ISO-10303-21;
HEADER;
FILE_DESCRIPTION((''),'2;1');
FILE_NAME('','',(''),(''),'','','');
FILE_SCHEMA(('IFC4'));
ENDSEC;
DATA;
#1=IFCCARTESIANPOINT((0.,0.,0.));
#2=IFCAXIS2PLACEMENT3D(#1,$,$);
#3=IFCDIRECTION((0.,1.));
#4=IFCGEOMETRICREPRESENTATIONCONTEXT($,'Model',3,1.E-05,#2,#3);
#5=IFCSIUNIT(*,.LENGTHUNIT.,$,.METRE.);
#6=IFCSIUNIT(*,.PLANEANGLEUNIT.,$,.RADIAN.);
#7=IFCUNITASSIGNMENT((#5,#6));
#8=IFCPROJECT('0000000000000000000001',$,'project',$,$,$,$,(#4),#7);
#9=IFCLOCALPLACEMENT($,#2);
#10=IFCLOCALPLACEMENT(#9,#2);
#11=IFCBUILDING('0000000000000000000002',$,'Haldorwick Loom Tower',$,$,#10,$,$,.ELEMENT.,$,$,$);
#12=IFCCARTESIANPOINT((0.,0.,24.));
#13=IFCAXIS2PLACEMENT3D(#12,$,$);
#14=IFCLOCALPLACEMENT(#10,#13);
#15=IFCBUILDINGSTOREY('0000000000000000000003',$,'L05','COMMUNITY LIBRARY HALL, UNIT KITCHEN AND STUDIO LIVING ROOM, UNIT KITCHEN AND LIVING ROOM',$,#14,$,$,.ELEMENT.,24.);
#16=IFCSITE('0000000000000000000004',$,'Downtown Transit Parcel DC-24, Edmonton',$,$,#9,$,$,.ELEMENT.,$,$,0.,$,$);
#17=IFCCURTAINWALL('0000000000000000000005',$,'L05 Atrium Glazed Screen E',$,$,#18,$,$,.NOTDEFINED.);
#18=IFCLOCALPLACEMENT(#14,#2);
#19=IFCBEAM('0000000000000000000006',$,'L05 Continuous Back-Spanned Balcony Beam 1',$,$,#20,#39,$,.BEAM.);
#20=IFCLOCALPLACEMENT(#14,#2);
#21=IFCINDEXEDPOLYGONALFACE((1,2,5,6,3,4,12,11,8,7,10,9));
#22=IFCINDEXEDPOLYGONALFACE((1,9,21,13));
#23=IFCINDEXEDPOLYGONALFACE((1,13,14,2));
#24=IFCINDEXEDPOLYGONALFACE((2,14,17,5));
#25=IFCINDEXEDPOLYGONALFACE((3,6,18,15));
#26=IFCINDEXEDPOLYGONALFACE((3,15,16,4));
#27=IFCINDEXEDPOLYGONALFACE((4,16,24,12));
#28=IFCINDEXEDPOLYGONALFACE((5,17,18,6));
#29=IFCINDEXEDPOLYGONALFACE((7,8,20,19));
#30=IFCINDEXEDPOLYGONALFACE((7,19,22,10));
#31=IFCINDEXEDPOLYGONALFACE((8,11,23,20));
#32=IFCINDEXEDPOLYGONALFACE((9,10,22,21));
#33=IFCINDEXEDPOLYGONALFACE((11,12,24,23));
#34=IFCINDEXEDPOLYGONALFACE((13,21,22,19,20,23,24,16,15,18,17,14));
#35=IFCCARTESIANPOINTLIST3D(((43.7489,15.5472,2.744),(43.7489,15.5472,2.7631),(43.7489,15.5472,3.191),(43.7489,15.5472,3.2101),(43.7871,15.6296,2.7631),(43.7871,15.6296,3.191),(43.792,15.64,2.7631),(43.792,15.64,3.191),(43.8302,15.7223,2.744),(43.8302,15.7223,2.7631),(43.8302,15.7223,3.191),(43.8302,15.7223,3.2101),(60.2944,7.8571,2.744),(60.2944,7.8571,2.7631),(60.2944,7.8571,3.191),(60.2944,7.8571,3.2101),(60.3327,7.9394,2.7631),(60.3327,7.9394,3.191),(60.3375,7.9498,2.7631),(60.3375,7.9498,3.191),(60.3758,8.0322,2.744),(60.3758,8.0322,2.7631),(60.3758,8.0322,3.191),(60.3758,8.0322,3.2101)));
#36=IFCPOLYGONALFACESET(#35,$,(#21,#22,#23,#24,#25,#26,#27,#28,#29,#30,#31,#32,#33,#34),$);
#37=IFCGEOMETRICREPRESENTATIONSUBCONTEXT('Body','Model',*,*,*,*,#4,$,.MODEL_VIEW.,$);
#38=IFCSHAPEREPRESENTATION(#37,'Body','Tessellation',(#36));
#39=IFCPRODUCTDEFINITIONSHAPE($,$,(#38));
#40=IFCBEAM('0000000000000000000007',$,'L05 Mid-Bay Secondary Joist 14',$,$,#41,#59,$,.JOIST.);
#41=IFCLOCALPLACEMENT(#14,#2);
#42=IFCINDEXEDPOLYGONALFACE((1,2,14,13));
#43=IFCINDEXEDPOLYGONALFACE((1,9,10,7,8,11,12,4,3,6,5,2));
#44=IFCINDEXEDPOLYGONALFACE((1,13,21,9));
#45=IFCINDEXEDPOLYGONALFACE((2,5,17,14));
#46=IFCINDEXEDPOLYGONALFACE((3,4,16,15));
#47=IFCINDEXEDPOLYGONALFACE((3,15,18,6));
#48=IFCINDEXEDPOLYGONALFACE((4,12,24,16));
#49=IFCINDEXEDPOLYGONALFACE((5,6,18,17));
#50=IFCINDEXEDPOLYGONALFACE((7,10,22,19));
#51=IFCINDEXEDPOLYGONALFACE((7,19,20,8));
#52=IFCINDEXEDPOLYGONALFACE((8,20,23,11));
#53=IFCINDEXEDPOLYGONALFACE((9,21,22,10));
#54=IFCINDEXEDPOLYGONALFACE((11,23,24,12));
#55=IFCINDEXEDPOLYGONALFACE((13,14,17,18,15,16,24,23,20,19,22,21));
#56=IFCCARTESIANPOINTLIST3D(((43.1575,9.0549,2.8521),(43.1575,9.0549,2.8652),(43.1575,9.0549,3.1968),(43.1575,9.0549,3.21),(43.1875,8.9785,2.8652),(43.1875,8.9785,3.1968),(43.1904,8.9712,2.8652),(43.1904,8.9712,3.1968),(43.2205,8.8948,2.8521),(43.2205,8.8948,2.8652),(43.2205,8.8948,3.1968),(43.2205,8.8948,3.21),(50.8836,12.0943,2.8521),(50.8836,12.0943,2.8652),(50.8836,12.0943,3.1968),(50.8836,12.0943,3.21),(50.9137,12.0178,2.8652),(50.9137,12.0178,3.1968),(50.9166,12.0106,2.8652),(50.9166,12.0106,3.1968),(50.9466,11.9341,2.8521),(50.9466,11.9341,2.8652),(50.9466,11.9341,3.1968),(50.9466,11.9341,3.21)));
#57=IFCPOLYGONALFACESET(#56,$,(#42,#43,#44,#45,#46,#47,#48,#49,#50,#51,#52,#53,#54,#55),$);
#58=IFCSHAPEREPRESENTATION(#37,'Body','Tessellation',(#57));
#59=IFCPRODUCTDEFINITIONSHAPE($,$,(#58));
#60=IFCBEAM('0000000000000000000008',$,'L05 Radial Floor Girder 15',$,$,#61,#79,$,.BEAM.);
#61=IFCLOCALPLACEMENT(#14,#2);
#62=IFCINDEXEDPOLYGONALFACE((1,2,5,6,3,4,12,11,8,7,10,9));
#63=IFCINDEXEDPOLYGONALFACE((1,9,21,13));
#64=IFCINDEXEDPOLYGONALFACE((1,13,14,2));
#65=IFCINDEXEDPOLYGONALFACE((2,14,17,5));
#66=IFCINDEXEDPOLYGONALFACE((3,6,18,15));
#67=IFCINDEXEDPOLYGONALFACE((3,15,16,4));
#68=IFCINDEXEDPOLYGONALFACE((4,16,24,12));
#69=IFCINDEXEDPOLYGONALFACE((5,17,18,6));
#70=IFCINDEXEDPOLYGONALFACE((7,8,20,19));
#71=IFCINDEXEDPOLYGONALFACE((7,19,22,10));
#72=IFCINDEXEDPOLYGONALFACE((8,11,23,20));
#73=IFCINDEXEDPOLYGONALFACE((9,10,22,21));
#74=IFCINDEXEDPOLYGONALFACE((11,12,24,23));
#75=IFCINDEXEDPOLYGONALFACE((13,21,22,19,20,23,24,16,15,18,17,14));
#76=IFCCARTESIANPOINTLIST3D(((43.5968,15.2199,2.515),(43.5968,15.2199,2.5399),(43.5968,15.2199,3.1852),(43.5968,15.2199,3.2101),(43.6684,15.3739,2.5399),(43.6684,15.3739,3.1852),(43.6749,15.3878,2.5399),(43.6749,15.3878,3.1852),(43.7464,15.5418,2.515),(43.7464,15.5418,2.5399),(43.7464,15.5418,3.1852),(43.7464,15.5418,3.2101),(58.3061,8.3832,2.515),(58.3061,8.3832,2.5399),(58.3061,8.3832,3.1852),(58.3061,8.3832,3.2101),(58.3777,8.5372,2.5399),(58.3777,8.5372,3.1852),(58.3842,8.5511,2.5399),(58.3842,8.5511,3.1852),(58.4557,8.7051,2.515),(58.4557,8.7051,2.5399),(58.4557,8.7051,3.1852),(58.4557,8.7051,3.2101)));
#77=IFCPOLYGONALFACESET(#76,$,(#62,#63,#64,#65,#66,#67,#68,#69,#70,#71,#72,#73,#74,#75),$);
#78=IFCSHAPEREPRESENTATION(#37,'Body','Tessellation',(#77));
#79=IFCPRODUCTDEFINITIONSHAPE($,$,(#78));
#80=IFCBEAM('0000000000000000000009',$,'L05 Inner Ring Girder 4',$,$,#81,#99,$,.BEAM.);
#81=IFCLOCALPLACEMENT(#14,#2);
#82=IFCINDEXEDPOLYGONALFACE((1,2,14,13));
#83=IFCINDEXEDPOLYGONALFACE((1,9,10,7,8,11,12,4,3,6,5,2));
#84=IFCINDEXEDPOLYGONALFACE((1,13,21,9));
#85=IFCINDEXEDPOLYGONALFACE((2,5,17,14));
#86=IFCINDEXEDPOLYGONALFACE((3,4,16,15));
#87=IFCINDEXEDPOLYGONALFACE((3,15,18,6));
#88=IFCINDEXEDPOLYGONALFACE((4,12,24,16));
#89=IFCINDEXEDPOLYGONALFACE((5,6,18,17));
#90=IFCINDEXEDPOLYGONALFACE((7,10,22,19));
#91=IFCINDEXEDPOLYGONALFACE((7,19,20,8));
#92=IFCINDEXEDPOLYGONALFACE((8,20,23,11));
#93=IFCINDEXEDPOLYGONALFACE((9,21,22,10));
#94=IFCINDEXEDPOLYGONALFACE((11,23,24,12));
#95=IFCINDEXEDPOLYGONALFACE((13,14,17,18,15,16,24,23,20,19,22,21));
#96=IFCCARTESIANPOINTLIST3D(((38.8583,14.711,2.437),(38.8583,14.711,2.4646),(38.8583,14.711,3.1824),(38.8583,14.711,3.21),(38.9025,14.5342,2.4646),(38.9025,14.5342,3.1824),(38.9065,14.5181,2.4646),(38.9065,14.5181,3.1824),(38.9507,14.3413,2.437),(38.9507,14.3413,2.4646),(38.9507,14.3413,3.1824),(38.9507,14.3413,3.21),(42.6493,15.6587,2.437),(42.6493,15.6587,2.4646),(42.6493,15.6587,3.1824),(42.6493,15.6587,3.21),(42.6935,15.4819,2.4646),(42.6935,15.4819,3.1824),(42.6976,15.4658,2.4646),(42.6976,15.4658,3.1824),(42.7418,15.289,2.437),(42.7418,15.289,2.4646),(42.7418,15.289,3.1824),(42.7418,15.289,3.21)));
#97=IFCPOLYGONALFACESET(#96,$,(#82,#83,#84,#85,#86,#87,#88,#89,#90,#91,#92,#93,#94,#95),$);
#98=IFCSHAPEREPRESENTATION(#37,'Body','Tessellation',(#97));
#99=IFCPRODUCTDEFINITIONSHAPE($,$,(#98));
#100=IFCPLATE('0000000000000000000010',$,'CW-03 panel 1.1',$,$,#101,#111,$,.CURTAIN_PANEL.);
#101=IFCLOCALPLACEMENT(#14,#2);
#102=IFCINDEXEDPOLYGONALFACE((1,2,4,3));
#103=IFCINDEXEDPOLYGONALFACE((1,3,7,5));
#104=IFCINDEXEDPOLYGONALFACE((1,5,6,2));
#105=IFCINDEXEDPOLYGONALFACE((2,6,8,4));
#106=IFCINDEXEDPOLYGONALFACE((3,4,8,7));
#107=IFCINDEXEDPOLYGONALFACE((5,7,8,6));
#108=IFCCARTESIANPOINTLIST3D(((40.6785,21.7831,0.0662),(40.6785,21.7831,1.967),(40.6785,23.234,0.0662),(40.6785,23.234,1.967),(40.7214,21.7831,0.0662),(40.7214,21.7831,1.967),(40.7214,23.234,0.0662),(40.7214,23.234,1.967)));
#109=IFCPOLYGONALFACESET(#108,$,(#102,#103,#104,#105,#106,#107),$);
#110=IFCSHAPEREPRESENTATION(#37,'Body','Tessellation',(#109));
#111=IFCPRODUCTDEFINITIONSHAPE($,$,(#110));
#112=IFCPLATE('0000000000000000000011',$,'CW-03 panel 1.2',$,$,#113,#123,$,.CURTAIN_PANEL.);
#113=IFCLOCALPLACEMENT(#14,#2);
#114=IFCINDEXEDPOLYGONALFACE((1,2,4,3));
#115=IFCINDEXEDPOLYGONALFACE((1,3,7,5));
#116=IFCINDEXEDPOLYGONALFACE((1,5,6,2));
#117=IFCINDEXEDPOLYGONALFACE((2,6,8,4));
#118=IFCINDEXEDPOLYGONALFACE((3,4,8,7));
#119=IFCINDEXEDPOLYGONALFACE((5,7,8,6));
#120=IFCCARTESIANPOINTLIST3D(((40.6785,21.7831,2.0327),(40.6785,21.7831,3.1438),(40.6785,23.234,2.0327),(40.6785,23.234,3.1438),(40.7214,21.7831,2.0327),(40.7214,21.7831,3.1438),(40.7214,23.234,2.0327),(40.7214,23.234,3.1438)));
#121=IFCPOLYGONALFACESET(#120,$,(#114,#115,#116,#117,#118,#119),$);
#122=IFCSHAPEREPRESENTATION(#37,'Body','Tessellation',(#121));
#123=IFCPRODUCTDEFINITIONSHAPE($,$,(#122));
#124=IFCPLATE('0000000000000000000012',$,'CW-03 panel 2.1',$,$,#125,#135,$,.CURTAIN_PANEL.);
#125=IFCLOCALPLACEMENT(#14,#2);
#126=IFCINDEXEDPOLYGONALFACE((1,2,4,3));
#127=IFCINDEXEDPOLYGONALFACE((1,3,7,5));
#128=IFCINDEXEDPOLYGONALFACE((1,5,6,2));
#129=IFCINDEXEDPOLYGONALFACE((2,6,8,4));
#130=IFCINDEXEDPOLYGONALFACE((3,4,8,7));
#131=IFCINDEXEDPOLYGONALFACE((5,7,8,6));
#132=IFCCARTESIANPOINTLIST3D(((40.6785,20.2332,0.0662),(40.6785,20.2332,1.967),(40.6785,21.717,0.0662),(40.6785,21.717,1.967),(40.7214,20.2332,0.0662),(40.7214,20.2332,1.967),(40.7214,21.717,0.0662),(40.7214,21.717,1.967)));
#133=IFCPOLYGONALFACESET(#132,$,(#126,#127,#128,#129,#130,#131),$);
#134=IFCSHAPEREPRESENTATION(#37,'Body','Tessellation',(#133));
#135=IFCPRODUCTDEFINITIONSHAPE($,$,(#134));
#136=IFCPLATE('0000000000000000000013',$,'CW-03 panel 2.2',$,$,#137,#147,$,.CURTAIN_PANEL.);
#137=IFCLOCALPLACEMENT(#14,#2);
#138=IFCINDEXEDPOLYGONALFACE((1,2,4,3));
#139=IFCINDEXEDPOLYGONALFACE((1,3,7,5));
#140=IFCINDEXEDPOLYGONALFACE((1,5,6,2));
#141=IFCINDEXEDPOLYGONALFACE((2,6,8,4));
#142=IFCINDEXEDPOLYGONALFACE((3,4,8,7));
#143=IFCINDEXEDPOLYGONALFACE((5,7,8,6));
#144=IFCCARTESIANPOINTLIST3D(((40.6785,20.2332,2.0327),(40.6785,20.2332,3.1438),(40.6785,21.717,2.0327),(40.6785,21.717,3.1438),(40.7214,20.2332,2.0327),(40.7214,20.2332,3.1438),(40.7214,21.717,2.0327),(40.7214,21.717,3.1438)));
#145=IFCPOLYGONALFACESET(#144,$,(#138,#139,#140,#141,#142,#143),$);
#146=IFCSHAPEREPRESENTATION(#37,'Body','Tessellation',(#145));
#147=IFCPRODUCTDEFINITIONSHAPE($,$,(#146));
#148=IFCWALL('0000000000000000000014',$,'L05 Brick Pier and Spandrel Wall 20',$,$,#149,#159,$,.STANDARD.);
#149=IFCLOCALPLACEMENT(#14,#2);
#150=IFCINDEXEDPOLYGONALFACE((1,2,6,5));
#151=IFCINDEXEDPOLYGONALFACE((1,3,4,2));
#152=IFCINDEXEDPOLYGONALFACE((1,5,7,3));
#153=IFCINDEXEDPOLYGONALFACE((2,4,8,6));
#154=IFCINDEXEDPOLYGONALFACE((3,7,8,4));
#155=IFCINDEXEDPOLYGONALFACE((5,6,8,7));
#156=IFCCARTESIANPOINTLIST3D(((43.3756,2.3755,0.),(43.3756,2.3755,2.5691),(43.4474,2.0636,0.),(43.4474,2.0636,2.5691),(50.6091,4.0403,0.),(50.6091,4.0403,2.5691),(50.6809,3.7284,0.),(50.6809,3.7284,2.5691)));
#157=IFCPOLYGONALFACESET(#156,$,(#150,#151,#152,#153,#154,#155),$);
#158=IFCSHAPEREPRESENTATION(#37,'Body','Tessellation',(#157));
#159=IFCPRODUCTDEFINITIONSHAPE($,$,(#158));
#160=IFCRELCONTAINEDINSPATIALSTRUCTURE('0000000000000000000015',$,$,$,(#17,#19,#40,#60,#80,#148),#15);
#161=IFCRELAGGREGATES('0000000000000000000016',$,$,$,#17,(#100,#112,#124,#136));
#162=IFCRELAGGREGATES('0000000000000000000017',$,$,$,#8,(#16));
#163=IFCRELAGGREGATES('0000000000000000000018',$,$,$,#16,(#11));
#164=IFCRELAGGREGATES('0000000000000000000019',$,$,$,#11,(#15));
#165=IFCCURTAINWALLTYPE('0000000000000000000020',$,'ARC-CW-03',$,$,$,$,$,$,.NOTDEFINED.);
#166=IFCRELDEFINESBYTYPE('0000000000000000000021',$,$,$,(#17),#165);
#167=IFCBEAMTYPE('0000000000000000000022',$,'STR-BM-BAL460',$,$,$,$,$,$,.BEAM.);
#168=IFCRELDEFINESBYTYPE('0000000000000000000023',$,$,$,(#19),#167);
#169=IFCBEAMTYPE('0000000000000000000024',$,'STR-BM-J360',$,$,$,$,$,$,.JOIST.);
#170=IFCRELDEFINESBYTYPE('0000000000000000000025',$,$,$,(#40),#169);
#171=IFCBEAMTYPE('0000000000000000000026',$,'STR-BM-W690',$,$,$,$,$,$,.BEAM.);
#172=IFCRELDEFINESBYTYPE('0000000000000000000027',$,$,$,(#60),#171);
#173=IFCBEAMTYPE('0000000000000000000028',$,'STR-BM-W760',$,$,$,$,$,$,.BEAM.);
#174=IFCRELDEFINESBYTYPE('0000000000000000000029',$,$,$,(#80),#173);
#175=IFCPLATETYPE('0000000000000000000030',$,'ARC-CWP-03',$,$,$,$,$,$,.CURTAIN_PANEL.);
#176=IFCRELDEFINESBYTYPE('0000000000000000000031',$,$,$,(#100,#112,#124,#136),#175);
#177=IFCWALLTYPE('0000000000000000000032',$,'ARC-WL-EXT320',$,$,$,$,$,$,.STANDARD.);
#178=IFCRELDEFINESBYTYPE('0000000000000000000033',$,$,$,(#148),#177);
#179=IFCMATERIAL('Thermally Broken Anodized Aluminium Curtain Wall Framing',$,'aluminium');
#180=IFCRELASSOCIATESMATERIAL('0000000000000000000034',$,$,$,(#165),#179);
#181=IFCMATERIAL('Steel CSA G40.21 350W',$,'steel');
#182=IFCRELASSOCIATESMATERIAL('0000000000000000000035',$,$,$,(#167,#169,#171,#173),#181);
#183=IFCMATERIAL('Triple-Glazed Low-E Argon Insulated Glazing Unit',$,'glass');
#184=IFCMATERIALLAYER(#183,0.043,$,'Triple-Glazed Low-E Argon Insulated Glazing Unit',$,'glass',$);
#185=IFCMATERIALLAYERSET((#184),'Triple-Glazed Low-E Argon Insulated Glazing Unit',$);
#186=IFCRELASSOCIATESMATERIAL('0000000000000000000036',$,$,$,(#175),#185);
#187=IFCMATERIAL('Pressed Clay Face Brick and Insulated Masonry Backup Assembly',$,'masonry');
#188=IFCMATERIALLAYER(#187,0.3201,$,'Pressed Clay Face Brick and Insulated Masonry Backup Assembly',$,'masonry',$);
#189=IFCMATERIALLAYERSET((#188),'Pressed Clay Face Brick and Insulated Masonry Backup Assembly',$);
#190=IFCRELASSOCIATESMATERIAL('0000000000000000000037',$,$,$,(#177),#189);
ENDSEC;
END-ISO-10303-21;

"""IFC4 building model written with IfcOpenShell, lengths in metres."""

from ifc_helpers import new_model, si_unit, direction, frame, frame_2d, origin, origin_2d, place, context, subcontext, project, spatial, rectangle, i_section, extrude, material, layer, layer_set, material_profile, profile_set, type_object, element, aggregate, save


model = new_model("IFC4")

# Units and contexts
model_context = context("Model", 3, precision=1e-05, world=origin(), true_north=direction((0.0, 1.0)))
body_context = subcontext(model_context, "Body", "Model", "MODEL_VIEW")
ifc_project = project(units=[si_unit("LENGTHUNIT", "METRE"), si_unit("PLANEANGLEUNIT", "RADIAN")], contexts=[model_context])

# Site, building, storey
site_placement = place(None, origin())
site = spatial("IfcSite", under=ifc_project, at=site_placement, Name="Downtown Transit Parcel DC-24, Edmonton", CompositionType="ELEMENT", RefElevation=0.0)
building_placement = place(site_placement, origin())
building = spatial("IfcBuilding", under=site, at=building_placement, Name="Haldorwick Loom Tower", CompositionType="ELEMENT")
storey_placement = place(building_placement, frame((0.0, 0.0, 24.0)))
storey = spatial("IfcBuildingStorey", under=building, at=storey_placement, Name="L05", Description="COMMUNITY LIBRARY HALL, UNIT KITCHEN AND STUDIO LIVING ROOM, UNIT KITCHEN AND LIVING ROOM", CompositionType="ELEMENT", Elevation=24.0)

# Curtain wall
ifc_material_1 = material(Name="Thermally Broken Anodized Aluminium Curtain Wall Framing", Category="aluminium")
curtain_wall_type = type_object("IfcCurtainWallType", Name="ARC-CW-03", PredefinedType="NOTDEFINED", material=ifc_material_1)
curtain_wall_placement = place(storey_placement, origin())
curtain_wall = element("IfcCurtainWall", 1, at=curtain_wall_placement, inside=storey, type_object=curtain_wall_type, Name="L05 Atrium Glazed Screen E", PredefinedType="NOTDEFINED")

# Beams
ifc_material_2 = material(Name="Steel CSA G40.21 350W", Category="steel")
ifc_material_profile_1 = material_profile(ifc_material_2, i_section(OverallWidth=0.1931, OverallDepth=0.4661, WebThickness=0.0115, FlangeThickness=0.019, at=origin_2d()), Name="W460X97", Category="steel")
ifc_profile_set_1 = profile_set([ifc_material_profile_1], Name="Steel CSA G40.21 350W")
beam_type_1 = type_object("IfcBeamType", Name="STR-BM-BAL460", PredefinedType="BEAM", material=ifc_profile_set_1)
beam_1_placement = place(storey_placement, frame((43.7896, 15.6348, 2.9771), z_axis=(0.906836, -0.421484, 0.0), x_axis=(0.421484, 0.906836, 0.0)))
element("IfcBeam", 2, at=beam_1_placement, inside=storey, type_object=beam_type_1, Name="L05 Continuous Back-Spanned Balcony Beam 1", PredefinedType="BEAM", context=body_context, shape_type="SweptSolid", body=[
    extrude(i_section(OverallWidth=0.1931, OverallDepth=0.4661, WebThickness=0.0115, FlangeThickness=0.019, at=origin_2d()), origin(), (0.0, 0.0, 1.0), 18.2454),
])
ifc_material_profile_2 = material_profile(ifc_material_2, i_section(OverallWidth=0.1721, OverallDepth=0.3579, WebThickness=0.0078, FlangeThickness=0.0132, at=origin_2d()), Name="W360X57", Category="steel")
ifc_profile_set_2 = profile_set([ifc_material_profile_2], Name="Steel CSA G40.21 350W")
beam_type_2 = type_object("IfcBeamType", Name="STR-BM-J360", PredefinedType="JOIST", material=ifc_profile_set_2)
beam_2_placement = place(storey_placement, frame((43.189, 8.9749, 3.031), z_axis=(0.930585, 0.366076, 0.0), x_axis=(-0.366076, 0.930585, 0.0)))
element("IfcBeam", 3, at=beam_2_placement, inside=storey, type_object=beam_type_2, Name="L05 Mid-Bay Secondary Joist 14", PredefinedType="JOIST", context=body_context, shape_type="SweptSolid", body=[
    extrude(i_section(OverallWidth=0.1721, OverallDepth=0.3579, WebThickness=0.0078, FlangeThickness=0.0132, at=origin_2d()), origin(), (0.0, 0.0, 1.0), 8.3025),
])
ifc_material_profile_3 = material_profile(ifc_material_2, i_section(OverallWidth=0.355, OverallDepth=0.6951, WebThickness=0.0154, FlangeThickness=0.0249, at=origin_2d()), Name="W690X217", Category="steel")
ifc_profile_set_3 = profile_set([ifc_material_profile_3], Name="Steel CSA G40.21 350W")
beam_type_3 = type_object("IfcBeamType", Name="STR-BM-W690", PredefinedType="BEAM", material=ifc_profile_set_3)
beam_3_placement = place(storey_placement, frame((43.6716, 15.3809, 2.8625), z_axis=(0.906835, -0.421486, 0.0), x_axis=(0.421486, 0.906835, 0.0)))
element("IfcBeam", 4, at=beam_3_placement, inside=storey, type_object=beam_type_3, Name="L05 Radial Floor Girder 15", PredefinedType="BEAM", context=body_context, shape_type="SweptSolid", body=[
    extrude(i_section(OverallWidth=0.355, OverallDepth=0.6951, WebThickness=0.0154, FlangeThickness=0.0249, at=origin_2d()), origin(), (0.0, 0.0, 1.0), 16.2205),
])
ifc_material_profile_4 = material_profile(ifc_material_2, i_section(OverallWidth=0.3811, OverallDepth=0.7729, WebThickness=0.0166, FlangeThickness=0.0276, at=origin_2d()), Name="W760X257", Category="steel")
ifc_profile_set_4 = profile_set([ifc_material_profile_4], Name="Steel CSA G40.21 350W")
beam_type_4 = type_object("IfcBeamType", Name="STR-BM-W760", PredefinedType="BEAM", material=ifc_profile_set_4)
beam_4_placement = place(storey_placement, frame((42.6956, 15.4739, 2.8235), z_axis=(-0.970143, -0.242536, 0.0), x_axis=(0.242536, -0.970143, 0.0)))
element("IfcBeam", 5, at=beam_4_placement, inside=storey, type_object=beam_type_4, Name="L05 Inner Ring Girder 4", PredefinedType="BEAM", context=body_context, shape_type="SweptSolid", body=[
    extrude(i_section(OverallWidth=0.3811, OverallDepth=0.7729, WebThickness=0.0166, FlangeThickness=0.0276, at=origin_2d()), origin(), (0.0, 0.0, 1.0), 3.9077),
])

# Plates
ifc_material_3 = material(Name="Triple-Glazed Low-E Argon Insulated Glazing Unit", Category="glass")
ifc_layer_1 = layer(ifc_material_3, 0.043, Name="Triple-Glazed Low-E Argon Insulated Glazing Unit", Category="glass")
ifc_layer_set_1 = layer_set([ifc_layer_1], Name="Triple-Glazed Low-E Argon Insulated Glazing Unit")
plate_type = type_object("IfcPlateType", Name="ARC-CWP-03", PredefinedType="CURTAIN_PANEL", material=ifc_layer_set_1)
plate_1_placement = place(storey_placement, frame((40.7, 22.5085, 0.0662), z_axis=(0.0, 0.0, 1.0), x_axis=(0.0, -1.0, 0.0)))
plate_1 = element("IfcPlate", 6, at=plate_1_placement, type_object=plate_type, Name="CW-03 panel 1.1", PredefinedType="CURTAIN_PANEL", context=body_context, shape_type="SweptSolid", body=[
    extrude(rectangle(XDim=1.4509, YDim=0.043, at=origin_2d()), origin(), (0.0, 0.0, 1.0), 1.9009),
])
plate_2_placement = place(storey_placement, frame((40.7, 22.5085, 2.0327), z_axis=(0.0, 0.0, 1.0), x_axis=(0.0, -1.0, 0.0)))
plate_2 = element("IfcPlate", 7, at=plate_2_placement, type_object=plate_type, Name="CW-03 panel 1.2", PredefinedType="CURTAIN_PANEL", context=body_context, shape_type="SweptSolid", body=[
    extrude(rectangle(XDim=1.4509, YDim=0.043, at=origin_2d()), origin(), (0.0, 0.0, 1.0), 1.1111),
])
plate_3_placement = place(storey_placement, frame((40.7, 20.9751, 0.0662), z_axis=(0.0, 0.0, 1.0), x_axis=(0.0, -1.0, 0.0)))
plate_3 = element("IfcPlate", 8, at=plate_3_placement, type_object=plate_type, Name="CW-03 panel 2.1", PredefinedType="CURTAIN_PANEL", context=body_context, shape_type="SweptSolid", body=[
    extrude(rectangle(XDim=1.4839, YDim=0.043, at=origin_2d()), origin(), (0.0, 0.0, 1.0), 1.9009),
])
plate_4_placement = place(storey_placement, frame((40.7, 20.9751, 2.0327), z_axis=(0.0, 0.0, 1.0), x_axis=(0.0, -1.0, 0.0)))
plate_4 = element("IfcPlate", 9, at=plate_4_placement, type_object=plate_type, Name="CW-03 panel 2.2", PredefinedType="CURTAIN_PANEL", context=body_context, shape_type="SweptSolid", body=[
    extrude(rectangle(XDim=1.4839, YDim=0.043, at=origin_2d()), origin(), (0.0, 0.0, 1.0), 1.1111),
])
aggregate(curtain_wall, [plate_1, plate_2, plate_3, plate_4])

# Wall
ifc_material_4 = material(Name="Pressed Clay Face Brick and Insulated Masonry Backup Assembly", Category="masonry")
ifc_layer_2 = layer(ifc_material_4, 0.3201, Name="Pressed Clay Face Brick and Insulated Masonry Backup Assembly", Category="masonry")
ifc_layer_set_2 = layer_set([ifc_layer_2], Name="Pressed Clay Face Brick and Insulated Masonry Backup Assembly")
wall_type_1 = type_object("IfcWallType", Name="ARC-WL-EXT320", PredefinedType="STANDARD", material=ifc_layer_set_2)
wall_1_placement = place(storey_placement, frame((43.4114, 2.2195, 0.0), z_axis=(0.0, 0.0, 1.0), x_axis=(0.974522, 0.22429, 0.0)))
element("IfcWall", 10, at=wall_1_placement, inside=storey, type_object=wall_type_1, Name="L05 Brick Pier and Spandrel Wall 20", PredefinedType="STANDARD", context=body_context, shape_type="SweptSolid", body=[
    extrude(rectangle(XDim=7.4226, YDim=0.3201, at=frame_2d((3.7114, 0.0))), origin(), (0.0, 0.0, 1.0), 2.5691),
])

save(model, "model.ifc")
